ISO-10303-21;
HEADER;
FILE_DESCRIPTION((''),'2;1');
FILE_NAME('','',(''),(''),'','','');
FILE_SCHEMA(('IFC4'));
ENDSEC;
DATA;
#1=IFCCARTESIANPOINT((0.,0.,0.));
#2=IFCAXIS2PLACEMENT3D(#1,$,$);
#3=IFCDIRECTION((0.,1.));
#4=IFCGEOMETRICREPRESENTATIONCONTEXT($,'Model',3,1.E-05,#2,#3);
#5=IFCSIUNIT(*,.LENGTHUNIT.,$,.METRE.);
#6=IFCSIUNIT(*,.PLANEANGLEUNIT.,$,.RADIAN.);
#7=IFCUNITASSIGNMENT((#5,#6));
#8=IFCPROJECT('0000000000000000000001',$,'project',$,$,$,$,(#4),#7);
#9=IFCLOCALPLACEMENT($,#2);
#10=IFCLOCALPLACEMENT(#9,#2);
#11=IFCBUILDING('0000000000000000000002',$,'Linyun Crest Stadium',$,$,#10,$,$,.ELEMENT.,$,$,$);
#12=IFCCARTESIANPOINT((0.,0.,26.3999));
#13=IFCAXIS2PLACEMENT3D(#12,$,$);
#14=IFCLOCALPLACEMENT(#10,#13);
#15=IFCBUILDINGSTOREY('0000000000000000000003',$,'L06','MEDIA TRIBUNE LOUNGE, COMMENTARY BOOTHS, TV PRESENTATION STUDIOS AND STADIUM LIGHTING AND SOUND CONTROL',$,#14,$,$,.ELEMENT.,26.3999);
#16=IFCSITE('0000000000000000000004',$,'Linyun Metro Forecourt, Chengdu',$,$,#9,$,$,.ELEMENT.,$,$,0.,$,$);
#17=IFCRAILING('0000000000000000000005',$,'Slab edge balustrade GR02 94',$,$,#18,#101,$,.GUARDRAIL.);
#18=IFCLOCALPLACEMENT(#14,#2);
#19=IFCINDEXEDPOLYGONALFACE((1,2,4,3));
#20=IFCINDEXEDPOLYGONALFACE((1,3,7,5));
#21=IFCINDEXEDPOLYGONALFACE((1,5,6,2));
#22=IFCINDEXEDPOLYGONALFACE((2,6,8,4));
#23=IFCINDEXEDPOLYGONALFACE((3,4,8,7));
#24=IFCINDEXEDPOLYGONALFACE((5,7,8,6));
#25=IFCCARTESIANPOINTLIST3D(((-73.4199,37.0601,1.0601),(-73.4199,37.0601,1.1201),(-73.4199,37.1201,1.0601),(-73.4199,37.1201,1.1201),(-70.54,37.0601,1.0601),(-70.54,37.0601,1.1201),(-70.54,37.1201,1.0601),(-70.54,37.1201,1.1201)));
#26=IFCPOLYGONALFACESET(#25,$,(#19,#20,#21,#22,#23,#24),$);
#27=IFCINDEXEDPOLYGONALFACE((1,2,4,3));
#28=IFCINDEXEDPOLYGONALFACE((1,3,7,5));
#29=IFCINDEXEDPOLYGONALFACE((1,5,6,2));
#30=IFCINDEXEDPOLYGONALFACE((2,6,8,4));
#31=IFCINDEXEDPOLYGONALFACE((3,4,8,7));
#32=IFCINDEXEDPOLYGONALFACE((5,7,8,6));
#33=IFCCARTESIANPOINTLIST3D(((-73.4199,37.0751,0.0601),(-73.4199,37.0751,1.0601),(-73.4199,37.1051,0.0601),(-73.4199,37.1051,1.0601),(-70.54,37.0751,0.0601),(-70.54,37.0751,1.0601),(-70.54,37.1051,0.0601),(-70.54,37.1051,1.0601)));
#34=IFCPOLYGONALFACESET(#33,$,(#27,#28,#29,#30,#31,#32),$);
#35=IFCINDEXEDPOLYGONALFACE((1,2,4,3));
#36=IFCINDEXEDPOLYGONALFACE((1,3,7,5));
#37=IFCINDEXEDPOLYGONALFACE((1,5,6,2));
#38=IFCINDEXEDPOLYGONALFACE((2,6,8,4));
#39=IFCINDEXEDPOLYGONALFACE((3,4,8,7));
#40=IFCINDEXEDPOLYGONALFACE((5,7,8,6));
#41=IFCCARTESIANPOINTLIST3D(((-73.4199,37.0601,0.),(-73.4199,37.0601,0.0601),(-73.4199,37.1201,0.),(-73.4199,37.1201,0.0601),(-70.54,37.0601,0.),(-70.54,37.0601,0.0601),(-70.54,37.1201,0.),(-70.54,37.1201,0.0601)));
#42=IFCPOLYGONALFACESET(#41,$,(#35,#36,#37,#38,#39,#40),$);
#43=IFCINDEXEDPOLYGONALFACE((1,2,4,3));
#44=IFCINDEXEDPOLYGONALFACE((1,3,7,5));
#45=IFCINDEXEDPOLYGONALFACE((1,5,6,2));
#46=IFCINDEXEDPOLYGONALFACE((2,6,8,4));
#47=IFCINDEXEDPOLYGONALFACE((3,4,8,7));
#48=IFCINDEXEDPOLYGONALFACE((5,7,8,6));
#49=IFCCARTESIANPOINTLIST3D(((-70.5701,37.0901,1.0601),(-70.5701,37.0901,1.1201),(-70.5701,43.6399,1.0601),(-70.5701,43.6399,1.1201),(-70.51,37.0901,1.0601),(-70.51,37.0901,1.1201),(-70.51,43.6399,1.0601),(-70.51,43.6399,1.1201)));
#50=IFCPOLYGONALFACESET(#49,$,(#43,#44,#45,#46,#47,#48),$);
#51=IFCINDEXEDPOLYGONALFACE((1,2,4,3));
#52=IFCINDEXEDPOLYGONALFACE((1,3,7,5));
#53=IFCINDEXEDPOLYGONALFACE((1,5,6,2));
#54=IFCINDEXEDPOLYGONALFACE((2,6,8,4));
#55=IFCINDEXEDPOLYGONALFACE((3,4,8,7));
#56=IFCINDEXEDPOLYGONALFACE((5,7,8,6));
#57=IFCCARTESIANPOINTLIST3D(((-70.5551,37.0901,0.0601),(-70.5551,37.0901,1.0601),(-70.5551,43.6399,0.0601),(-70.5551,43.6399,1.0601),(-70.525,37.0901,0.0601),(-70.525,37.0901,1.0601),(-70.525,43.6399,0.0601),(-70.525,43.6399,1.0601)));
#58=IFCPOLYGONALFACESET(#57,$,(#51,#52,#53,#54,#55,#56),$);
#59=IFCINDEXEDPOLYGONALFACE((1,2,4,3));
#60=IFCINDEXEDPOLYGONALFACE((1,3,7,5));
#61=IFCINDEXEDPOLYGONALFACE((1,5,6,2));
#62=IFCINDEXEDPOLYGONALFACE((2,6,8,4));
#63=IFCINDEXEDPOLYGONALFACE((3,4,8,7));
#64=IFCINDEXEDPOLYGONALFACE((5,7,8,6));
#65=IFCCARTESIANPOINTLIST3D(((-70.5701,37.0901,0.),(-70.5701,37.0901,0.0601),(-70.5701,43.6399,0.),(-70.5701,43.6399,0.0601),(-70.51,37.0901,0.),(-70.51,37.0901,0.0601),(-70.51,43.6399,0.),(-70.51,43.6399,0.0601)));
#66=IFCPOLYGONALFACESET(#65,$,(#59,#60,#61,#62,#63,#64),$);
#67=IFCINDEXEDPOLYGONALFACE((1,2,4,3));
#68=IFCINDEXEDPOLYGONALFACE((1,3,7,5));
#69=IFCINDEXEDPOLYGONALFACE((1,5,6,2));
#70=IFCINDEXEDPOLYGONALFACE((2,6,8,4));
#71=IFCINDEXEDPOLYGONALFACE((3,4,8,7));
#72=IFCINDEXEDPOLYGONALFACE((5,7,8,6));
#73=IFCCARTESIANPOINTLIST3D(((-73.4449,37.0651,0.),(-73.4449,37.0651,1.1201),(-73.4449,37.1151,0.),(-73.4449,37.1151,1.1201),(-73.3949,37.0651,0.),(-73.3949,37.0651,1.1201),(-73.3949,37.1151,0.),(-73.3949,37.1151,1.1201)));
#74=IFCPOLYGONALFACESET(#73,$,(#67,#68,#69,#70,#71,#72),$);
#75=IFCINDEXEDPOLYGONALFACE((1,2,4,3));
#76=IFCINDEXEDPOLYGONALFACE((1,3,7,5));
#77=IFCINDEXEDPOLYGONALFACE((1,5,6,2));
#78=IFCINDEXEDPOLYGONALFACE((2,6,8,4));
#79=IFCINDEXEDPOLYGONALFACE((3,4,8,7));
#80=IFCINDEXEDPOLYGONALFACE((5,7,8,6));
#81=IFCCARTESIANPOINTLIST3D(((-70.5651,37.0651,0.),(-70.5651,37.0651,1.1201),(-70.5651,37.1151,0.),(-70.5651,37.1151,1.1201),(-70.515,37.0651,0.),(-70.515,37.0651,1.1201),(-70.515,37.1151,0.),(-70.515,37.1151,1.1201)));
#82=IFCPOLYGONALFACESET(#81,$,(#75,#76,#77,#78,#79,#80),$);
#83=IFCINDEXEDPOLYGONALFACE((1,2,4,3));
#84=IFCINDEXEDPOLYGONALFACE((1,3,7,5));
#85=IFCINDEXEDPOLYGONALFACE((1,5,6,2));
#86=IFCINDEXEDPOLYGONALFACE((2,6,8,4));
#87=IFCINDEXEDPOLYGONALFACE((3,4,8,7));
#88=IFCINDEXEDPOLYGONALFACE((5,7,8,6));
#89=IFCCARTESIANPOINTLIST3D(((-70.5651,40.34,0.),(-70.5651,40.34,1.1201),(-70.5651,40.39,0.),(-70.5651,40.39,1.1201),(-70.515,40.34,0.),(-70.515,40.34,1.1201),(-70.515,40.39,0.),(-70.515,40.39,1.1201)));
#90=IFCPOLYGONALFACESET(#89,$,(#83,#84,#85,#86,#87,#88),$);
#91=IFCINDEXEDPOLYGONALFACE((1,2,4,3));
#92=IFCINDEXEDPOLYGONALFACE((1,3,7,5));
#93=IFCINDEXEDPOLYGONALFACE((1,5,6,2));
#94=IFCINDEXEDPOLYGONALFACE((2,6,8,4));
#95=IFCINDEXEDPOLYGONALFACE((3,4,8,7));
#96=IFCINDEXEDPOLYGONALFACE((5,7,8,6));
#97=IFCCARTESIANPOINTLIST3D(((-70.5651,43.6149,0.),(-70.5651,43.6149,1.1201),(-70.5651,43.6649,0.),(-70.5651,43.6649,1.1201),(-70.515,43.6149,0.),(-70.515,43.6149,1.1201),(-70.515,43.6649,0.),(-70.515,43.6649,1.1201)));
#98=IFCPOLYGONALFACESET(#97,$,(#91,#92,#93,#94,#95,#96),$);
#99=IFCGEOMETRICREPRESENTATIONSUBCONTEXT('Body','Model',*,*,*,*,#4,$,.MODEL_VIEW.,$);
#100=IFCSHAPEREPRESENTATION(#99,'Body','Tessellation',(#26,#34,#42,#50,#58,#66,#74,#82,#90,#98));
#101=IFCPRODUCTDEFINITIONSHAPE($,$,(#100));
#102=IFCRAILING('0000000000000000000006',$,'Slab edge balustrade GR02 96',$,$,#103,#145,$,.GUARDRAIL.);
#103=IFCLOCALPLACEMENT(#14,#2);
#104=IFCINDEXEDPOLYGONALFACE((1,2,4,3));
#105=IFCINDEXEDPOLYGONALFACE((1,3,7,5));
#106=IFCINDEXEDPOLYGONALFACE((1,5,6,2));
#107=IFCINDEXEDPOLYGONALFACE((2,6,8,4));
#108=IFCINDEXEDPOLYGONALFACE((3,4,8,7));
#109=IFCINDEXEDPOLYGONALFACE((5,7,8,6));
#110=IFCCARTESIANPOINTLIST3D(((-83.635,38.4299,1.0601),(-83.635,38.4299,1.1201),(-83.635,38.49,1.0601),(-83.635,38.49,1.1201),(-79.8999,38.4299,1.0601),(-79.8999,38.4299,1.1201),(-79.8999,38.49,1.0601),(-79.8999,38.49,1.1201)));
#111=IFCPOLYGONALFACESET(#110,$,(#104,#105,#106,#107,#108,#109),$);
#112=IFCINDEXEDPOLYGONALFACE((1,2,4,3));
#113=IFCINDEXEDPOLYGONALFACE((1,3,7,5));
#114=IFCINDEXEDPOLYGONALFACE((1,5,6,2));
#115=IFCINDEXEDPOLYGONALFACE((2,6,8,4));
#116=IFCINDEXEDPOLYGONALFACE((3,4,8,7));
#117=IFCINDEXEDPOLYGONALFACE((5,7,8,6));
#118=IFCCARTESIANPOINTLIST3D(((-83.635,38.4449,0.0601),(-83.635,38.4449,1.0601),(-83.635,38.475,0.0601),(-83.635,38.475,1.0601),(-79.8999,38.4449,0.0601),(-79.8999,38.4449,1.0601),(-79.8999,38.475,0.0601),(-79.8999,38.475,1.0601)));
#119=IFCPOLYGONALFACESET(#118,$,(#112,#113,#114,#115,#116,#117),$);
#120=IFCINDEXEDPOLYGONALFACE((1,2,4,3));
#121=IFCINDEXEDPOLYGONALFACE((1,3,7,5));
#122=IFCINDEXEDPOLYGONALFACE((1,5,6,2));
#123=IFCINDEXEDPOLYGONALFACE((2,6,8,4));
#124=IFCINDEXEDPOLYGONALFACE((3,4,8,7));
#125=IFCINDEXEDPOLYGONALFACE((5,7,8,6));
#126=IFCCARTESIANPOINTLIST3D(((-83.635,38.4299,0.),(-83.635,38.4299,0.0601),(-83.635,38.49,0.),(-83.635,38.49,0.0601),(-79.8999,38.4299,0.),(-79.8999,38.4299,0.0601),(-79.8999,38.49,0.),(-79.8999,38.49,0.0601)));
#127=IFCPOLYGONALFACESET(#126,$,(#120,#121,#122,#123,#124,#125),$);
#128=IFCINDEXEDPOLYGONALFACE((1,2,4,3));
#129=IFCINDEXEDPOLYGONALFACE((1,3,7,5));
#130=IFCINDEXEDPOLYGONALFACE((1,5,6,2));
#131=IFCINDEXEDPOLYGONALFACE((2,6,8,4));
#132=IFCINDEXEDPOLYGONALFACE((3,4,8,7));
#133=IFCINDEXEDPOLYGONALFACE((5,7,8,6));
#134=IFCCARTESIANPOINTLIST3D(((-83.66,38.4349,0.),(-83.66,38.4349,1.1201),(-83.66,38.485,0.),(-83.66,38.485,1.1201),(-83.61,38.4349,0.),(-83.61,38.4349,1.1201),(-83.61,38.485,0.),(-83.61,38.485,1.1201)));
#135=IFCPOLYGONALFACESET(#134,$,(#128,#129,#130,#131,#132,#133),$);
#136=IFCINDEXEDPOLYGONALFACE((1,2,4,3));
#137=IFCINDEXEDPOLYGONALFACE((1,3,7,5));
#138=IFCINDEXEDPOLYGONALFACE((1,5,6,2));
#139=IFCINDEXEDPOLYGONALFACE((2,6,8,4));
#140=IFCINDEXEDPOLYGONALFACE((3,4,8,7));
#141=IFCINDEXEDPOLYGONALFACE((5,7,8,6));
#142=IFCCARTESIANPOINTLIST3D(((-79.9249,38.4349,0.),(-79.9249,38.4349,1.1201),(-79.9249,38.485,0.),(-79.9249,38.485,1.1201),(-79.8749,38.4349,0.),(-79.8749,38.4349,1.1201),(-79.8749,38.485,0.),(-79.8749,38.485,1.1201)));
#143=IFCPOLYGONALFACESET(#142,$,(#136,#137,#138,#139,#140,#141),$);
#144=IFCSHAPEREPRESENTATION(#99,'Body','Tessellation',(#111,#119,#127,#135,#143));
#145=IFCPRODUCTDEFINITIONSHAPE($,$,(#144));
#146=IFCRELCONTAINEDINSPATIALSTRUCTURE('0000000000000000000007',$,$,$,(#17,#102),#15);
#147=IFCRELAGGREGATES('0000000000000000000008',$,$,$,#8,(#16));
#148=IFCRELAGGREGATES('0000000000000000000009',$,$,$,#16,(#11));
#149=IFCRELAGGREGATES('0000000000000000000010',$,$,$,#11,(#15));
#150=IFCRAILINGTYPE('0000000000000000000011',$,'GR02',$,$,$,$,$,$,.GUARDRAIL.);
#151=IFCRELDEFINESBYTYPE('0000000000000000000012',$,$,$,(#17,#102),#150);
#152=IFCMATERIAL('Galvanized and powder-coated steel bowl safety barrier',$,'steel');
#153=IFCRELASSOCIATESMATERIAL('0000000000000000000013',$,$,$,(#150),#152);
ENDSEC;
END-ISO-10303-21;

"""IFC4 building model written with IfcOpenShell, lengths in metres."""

from ifc_helpers import new_model, si_unit, direction, frame, origin, origin_2d, place, context, subcontext, project, spatial, rectangle, extrude, material, type_object, element, save


model = new_model("IFC4")

# Units and contexts
model_context = context("Model", 3, precision=1e-05, world=origin(), true_north=direction((0.0, 1.0)))
body_context = subcontext(model_context, "Body", "Model", "MODEL_VIEW")
ifc_project = project(units=[si_unit("LENGTHUNIT", "METRE"), si_unit("PLANEANGLEUNIT", "RADIAN")], contexts=[model_context])

# Site, building, storey
site_placement = place(None, origin())
site = spatial("IfcSite", under=ifc_project, at=site_placement, Name="Linyun Metro Forecourt, Chengdu", CompositionType="ELEMENT", RefElevation=0.0)
building_placement = place(site_placement, origin())
building = spatial("IfcBuilding", under=site, at=building_placement, Name="Linyun Crest Stadium", CompositionType="ELEMENT")
storey_placement = place(building_placement, frame((0.0, 0.0, 26.3999)))
storey = spatial("IfcBuildingStorey", under=building, at=storey_placement, Name="L06", Description="MEDIA TRIBUNE LOUNGE, COMMENTARY BOOTHS, TV PRESENTATION STUDIOS AND STADIUM LIGHTING AND SOUND CONTROL", CompositionType="ELEMENT", Elevation=26.3999)

# Railings
ifc_material_1 = material(Name="Galvanized and powder-coated steel bowl safety barrier", Category="steel")
railing_type_1 = type_object("IfcRailingType", Name="GR02", PredefinedType="GUARDRAIL", material=ifc_material_1)
railing_1_placement = place(storey_placement, frame((-73.4199, 37.0901, 0.0)))
element("IfcRailing", 1, at=railing_1_placement, inside=storey, type_object=railing_type_1, Name="Slab edge balustrade GR02 94", PredefinedType="GUARDRAIL", context=body_context, shape_type="SweptSolid", body=[
    extrude(rectangle(XDim=0.0601, YDim=0.0601, at=origin_2d()), frame((0.0, 0.0, 1.0901), z_axis=(1.0, 0.0, 0.0), x_axis=(0.0, 1.0, 0.0)), (0.0, 0.0, 1.0), 2.8799),
    extrude(rectangle(XDim=0.03, YDim=1.0, at=origin_2d()), frame((0.0, 0.0, 0.5601), z_axis=(1.0, 0.0, 0.0), x_axis=(0.0, 1.0, 0.0)), (0.0, 0.0, 1.0), 2.8799),
    extrude(rectangle(XDim=0.0601, YDim=0.0601, at=origin_2d()), frame((0.0, 0.0, 0.03), z_axis=(1.0, 0.0, 0.0), x_axis=(0.0, 1.0, 0.0)), (0.0, 0.0, 1.0), 2.8799),
    extrude(rectangle(XDim=0.0601, YDim=0.0601, at=origin_2d()), frame((2.8799, 0.0, 1.0901), z_axis=(0.0, 1.0, 0.0), x_axis=(-1.0, 0.0, 0.0)), (0.0, 0.0, 1.0), 6.5498),
    extrude(rectangle(XDim=0.03, YDim=1.0, at=origin_2d()), frame((2.8799, 0.0, 0.5601), z_axis=(0.0, 1.0, 0.0), x_axis=(-1.0, 0.0, 0.0)), (0.0, 0.0, 1.0), 6.5498),
    extrude(rectangle(XDim=0.0601, YDim=0.0601, at=origin_2d()), frame((2.8799, 0.0, 0.03), z_axis=(0.0, 1.0, 0.0), x_axis=(-1.0, 0.0, 0.0)), (0.0, 0.0, 1.0), 6.5498),
    extrude(rectangle(XDim=0.05, YDim=0.05, at=origin_2d()), origin(), (0.0, 0.0, 1.0), 1.1201),
    extrude(rectangle(XDim=0.05, YDim=0.05, at=origin_2d()), frame((2.8799, 0.0, 0.0)), (0.0, 0.0, 1.0), 1.1201),
    extrude(rectangle(XDim=0.05, YDim=0.05, at=origin_2d()), frame((2.8799, 3.2749, 0.0)), (0.0, 0.0, 1.0), 1.1201),
    extrude(rectangle(XDim=0.05, YDim=0.05, at=origin_2d()), frame((2.8799, 6.5498, 0.0)), (0.0, 0.0, 1.0), 1.1201),
])
railing_2_placement = place(storey_placement, frame((-83.635, 38.46, 0.0)))
element("IfcRailing", 2, at=railing_2_placement, inside=storey, type_object=railing_type_1, Name="Slab edge balustrade GR02 96", PredefinedType="GUARDRAIL", context=body_context, shape_type="SweptSolid", body=[
    extrude(rectangle(XDim=0.0601, YDim=0.0601, at=origin_2d()), frame((0.0, 0.0, 1.0901), z_axis=(1.0, 0.0, 0.0), x_axis=(0.0, 1.0, 0.0)), (0.0, 0.0, 1.0), 3.7351),
    extrude(rectangle(XDim=0.03, YDim=1.0, at=origin_2d()), frame((0.0, 0.0, 0.5601), z_axis=(1.0, 0.0, 0.0), x_axis=(0.0, 1.0, 0.0)), (0.0, 0.0, 1.0), 3.7351),
    extrude(rectangle(XDim=0.0601, YDim=0.0601, at=origin_2d()), frame((0.0, 0.0, 0.03), z_axis=(1.0, 0.0, 0.0), x_axis=(0.0, 1.0, 0.0)), (0.0, 0.0, 1.0), 3.7351),
    extrude(rectangle(XDim=0.05, YDim=0.05, at=origin_2d()), origin(), (0.0, 0.0, 1.0), 1.1201),
    extrude(rectangle(XDim=0.05, YDim=0.05, at=origin_2d()), frame((3.7351, 0.0, 0.0)), (0.0, 0.0, 1.0), 1.1201),
])

save(model, "model.ifc")
